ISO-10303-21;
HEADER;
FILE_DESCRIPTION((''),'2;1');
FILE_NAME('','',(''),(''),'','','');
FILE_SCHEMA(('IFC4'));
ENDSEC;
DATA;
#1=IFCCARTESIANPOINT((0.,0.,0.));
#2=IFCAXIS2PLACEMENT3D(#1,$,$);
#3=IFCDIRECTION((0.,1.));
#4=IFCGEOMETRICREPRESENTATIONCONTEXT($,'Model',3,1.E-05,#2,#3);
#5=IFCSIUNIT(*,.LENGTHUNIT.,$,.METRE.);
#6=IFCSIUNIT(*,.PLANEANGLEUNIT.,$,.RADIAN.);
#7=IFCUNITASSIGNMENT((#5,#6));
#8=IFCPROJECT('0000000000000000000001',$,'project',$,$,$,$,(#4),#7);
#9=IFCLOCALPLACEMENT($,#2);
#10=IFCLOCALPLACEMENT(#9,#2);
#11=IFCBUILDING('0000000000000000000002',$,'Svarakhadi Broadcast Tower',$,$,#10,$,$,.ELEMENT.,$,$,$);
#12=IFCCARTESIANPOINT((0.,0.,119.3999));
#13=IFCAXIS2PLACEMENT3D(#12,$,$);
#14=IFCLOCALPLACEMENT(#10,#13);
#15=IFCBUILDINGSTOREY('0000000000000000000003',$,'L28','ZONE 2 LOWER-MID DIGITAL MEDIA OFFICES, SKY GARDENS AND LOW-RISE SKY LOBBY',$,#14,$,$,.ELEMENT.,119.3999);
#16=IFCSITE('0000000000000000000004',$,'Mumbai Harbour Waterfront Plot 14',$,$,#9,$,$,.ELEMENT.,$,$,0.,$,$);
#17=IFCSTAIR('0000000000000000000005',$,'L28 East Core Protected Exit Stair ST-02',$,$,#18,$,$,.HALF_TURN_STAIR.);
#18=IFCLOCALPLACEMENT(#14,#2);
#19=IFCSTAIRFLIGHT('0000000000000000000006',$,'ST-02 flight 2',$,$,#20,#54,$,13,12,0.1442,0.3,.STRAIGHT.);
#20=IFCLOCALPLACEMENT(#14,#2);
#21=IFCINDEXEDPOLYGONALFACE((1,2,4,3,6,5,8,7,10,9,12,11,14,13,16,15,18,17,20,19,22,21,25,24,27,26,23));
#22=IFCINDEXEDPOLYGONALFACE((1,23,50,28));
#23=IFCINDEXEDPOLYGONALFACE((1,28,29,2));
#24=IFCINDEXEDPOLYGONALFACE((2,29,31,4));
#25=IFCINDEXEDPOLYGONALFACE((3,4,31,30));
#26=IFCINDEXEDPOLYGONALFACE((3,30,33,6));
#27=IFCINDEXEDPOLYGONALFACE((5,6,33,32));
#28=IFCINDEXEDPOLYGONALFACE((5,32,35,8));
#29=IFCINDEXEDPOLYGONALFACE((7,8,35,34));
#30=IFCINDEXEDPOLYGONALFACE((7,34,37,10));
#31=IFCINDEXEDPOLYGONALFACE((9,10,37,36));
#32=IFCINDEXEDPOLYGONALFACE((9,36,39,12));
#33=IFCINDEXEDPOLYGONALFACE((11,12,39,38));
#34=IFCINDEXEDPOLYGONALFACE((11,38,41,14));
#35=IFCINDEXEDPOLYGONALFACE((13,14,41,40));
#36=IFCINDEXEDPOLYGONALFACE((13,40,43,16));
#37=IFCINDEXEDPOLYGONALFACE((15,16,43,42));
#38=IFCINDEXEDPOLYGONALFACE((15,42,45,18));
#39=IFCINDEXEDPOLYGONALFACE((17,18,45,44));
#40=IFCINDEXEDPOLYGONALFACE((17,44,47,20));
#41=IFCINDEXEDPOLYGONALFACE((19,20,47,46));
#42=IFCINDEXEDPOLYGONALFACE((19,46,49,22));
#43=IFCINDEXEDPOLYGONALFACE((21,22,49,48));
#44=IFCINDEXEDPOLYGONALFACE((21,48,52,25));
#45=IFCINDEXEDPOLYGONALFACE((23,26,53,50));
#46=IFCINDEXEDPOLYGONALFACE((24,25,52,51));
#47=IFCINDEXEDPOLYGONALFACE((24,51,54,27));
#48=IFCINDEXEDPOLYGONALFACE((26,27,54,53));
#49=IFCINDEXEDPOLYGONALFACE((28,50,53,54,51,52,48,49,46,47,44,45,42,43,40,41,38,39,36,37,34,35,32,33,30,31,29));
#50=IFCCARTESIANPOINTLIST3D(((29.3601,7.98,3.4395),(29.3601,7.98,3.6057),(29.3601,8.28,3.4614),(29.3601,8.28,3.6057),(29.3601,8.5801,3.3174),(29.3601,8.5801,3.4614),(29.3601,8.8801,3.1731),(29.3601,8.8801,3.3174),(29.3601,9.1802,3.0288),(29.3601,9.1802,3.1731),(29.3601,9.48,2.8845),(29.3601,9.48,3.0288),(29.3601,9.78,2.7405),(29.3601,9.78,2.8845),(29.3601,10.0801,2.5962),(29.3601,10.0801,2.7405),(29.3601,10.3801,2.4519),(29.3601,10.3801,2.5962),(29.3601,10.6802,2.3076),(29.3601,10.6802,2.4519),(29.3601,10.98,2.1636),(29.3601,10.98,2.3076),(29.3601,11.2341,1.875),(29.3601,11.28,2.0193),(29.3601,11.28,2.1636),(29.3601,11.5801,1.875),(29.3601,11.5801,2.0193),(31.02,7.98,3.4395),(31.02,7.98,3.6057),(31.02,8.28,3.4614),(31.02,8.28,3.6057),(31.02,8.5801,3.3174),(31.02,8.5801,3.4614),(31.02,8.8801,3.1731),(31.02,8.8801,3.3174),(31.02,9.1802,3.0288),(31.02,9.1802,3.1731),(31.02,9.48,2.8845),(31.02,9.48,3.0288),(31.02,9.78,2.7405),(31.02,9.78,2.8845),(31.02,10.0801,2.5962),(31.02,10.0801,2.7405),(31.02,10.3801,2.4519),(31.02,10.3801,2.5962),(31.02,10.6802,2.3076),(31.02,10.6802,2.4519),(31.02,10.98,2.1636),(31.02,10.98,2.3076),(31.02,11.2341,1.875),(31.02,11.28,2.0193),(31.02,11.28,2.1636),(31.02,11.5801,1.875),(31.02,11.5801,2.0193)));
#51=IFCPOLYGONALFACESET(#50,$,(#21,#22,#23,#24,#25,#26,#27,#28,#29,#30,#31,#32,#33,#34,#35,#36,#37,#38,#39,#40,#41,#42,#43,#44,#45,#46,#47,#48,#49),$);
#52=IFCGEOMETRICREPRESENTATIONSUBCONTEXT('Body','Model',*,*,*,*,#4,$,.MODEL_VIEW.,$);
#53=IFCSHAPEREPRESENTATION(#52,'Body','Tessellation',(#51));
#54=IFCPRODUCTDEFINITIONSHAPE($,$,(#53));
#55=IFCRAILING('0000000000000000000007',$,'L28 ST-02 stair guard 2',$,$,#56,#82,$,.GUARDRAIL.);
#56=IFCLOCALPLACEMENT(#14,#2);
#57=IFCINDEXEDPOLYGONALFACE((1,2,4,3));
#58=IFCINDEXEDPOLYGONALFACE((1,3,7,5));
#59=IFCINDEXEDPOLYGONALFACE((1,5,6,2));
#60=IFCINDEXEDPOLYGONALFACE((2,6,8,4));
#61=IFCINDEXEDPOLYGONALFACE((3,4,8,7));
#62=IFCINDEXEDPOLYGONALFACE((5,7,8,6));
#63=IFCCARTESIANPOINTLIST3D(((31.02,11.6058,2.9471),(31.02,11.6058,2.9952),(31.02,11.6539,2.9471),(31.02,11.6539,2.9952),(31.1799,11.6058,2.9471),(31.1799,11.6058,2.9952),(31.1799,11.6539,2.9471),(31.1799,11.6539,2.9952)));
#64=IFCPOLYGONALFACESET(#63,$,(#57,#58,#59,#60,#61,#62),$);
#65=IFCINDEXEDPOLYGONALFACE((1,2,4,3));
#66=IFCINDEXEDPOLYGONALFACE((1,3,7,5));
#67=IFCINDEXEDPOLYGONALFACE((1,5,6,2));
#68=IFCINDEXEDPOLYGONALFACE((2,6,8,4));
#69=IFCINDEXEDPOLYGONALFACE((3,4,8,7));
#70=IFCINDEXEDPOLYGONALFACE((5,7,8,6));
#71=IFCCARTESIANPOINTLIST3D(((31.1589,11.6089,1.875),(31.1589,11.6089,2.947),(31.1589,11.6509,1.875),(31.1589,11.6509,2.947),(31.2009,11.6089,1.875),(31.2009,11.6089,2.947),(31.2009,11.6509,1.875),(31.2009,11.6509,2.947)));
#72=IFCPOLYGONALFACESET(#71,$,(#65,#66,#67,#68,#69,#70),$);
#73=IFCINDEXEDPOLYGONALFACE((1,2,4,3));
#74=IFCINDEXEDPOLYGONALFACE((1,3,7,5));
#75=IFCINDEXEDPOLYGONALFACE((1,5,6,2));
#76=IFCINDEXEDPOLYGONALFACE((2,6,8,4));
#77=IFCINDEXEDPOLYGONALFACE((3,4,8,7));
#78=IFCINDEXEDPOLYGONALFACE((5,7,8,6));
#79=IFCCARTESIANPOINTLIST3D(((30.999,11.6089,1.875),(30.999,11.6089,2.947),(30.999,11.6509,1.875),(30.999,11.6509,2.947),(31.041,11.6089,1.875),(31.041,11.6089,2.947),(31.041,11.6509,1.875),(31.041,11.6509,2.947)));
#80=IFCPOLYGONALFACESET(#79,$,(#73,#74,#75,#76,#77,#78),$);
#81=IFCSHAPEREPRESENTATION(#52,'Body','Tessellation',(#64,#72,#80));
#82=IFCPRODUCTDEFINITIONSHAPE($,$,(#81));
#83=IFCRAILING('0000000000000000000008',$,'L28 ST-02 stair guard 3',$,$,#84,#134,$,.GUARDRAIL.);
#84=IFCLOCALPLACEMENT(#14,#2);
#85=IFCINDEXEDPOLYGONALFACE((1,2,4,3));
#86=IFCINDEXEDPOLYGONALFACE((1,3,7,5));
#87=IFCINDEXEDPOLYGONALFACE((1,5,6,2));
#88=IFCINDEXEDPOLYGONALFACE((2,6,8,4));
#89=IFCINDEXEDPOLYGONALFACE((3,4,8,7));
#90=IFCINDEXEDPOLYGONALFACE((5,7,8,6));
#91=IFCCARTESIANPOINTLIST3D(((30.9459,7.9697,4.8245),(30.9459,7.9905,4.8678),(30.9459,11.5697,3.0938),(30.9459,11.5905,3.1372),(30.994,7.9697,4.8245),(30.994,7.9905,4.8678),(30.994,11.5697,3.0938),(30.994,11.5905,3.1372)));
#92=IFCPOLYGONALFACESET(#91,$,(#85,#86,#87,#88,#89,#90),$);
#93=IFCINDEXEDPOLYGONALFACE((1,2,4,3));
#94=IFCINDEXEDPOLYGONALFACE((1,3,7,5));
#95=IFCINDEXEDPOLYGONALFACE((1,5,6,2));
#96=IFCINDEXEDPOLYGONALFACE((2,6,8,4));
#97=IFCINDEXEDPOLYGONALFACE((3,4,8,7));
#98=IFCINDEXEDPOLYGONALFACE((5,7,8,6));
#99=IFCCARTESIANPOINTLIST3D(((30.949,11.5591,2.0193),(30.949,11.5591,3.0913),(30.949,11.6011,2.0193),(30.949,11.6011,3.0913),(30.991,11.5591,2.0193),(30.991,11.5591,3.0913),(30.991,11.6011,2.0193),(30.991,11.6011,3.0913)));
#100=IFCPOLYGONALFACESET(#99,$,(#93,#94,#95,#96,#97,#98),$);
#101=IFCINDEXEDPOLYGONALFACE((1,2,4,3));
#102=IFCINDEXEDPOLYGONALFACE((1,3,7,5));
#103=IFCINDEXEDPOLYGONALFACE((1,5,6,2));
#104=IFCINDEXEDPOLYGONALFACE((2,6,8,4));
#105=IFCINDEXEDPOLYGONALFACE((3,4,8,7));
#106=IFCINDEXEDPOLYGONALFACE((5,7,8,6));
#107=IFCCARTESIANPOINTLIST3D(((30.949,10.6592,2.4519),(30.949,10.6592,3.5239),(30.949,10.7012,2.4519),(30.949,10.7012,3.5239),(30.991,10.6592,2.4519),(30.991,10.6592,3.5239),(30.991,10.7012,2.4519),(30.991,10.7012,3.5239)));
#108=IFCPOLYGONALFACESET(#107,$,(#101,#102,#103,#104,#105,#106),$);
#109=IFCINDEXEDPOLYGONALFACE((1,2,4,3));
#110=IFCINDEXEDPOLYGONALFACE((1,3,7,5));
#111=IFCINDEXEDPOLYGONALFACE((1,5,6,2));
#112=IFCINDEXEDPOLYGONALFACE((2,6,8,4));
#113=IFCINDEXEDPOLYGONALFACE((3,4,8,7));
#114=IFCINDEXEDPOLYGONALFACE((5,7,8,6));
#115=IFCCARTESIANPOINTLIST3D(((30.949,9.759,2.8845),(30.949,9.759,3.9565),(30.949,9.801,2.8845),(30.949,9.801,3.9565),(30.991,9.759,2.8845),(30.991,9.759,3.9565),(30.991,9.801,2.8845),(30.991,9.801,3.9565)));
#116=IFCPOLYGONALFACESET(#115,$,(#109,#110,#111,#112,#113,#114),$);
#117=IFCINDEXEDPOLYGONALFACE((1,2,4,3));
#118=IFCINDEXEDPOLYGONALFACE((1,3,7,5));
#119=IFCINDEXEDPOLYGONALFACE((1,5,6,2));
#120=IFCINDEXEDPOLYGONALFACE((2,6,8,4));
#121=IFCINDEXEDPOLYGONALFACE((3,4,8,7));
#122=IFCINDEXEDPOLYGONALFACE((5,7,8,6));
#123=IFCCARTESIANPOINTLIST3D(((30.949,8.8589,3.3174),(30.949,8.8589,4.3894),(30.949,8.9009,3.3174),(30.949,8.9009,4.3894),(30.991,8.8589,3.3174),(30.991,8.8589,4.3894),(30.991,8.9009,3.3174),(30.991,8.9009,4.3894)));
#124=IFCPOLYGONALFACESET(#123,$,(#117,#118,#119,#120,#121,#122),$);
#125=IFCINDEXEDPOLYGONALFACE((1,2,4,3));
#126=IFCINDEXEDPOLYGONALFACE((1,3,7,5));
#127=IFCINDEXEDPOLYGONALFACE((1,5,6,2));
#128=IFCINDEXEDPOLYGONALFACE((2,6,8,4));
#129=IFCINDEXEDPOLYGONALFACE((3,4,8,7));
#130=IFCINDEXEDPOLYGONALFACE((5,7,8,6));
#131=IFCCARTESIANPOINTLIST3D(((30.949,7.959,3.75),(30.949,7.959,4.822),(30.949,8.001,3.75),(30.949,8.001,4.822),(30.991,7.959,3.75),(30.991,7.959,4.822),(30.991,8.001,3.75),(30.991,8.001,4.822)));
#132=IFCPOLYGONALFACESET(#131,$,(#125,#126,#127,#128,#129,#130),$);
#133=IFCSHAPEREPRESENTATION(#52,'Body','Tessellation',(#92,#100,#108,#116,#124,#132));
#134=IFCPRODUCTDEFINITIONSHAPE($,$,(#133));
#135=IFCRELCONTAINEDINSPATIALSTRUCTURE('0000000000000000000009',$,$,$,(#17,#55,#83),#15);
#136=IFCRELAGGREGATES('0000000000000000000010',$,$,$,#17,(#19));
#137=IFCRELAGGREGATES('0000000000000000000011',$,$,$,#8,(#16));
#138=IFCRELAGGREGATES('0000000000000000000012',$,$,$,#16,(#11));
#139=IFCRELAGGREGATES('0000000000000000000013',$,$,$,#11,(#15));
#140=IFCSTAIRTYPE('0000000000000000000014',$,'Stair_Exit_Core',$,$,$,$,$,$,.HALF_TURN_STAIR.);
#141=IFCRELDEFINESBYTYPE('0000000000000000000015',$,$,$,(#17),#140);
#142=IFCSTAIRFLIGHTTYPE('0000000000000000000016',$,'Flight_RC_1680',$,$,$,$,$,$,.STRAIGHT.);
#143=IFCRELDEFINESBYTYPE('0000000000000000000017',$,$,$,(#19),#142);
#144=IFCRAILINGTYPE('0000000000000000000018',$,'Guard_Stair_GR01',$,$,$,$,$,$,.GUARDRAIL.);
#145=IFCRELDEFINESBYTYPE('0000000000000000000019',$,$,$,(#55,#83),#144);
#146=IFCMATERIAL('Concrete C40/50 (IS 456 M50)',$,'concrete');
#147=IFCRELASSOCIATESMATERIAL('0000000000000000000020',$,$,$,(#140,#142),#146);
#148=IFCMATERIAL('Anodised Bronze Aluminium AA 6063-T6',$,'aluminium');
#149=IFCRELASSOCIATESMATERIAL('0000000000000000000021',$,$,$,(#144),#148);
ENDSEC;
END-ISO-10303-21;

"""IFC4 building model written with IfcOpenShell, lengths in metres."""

from ifc_helpers import new_model, si_unit, direction, frame, origin, origin_2d, place, context, subcontext, project, spatial, polyline, rectangle, outline, extrude, material, type_object, element, aggregate, save


model = new_model("IFC4")

# Units and contexts
model_context = context("Model", 3, precision=1e-05, world=origin(), true_north=direction((0.0, 1.0)))
body_context = subcontext(model_context, "Body", "Model", "MODEL_VIEW")
ifc_project = project(units=[si_unit("LENGTHUNIT", "METRE"), si_unit("PLANEANGLEUNIT", "RADIAN")], contexts=[model_context])

# Site, building, storey
site_placement = place(None, origin())
site = spatial("IfcSite", under=ifc_project, at=site_placement, Name="Mumbai Harbour Waterfront Plot 14", CompositionType="ELEMENT", RefElevation=0.0)
building_placement = place(site_placement, origin())
building = spatial("IfcBuilding", under=site, at=building_placement, Name="Svarakhadi Broadcast Tower", CompositionType="ELEMENT")
storey_placement = place(building_placement, frame((0.0, 0.0, 119.3999)))
storey = spatial("IfcBuildingStorey", under=building, at=storey_placement, Name="L28", Description="ZONE 2 LOWER-MID DIGITAL MEDIA OFFICES, SKY GARDENS AND LOW-RISE SKY LOBBY", CompositionType="ELEMENT", Elevation=119.3999)

# Shared definitions
ifc_material_1 = material(Name="Concrete C40/50 (IS 456 M50)", Category="concrete")

# Stair, stair flight
stair_type = type_object("IfcStairType", Name="Stair_Exit_Core", PredefinedType="HALF_TURN_STAIR", material=ifc_material_1)
stair_placement = place(storey_placement, origin())
stair = element("IfcStair", 1, at=stair_placement, inside=storey, type_object=stair_type, Name="L28 East Core Protected Exit Stair ST-02", PredefinedType="HALF_TURN_STAIR")
stair_flight_type = type_object("IfcStairFlightType", Name="Flight_RC_1680", PredefinedType="STRAIGHT", material=ifc_material_1)
stair_flight_placement = place(storey_placement, frame((30.1899, 11.5801, 1.875), z_axis=(0.0, 0.0, 1.0), x_axis=(0.0, -1.0, 0.0)))
stair_flight = element("IfcStairFlight", 2, at=stair_flight_placement, type_object=stair_flight_type, Name="ST-02 flight 2", NumberOfRisers=13, NumberOfTreads=12, PredefinedType="STRAIGHT", RiserHeight=0.1442, TreadLength=0.3, context=body_context, shape_type="SweptSolid", body=[
    extrude(outline(polyline([(0.0, 0.0), (0.0, 0.1443), (0.3, 0.1443), (0.3, 0.2886), (0.6001, 0.2886), (0.6001, 0.4326), (0.8999, 0.4326), (0.8999, 0.5769), (1.2, 0.5769), (1.2, 0.7212), (1.5, 0.7212), (1.5, 0.8655), (1.8, 0.8655), (1.8, 1.0095), (2.1001, 1.0095), (2.1001, 1.1538), (2.3999, 1.1538), (2.3999, 1.2981), (2.7, 1.2981), (2.7, 1.4424), (3.0, 1.4424), (3.0, 1.5864), (3.3, 1.5864), (3.3, 1.7307), (3.6001, 1.7307), (3.6001, 1.875), (3.6001, 1.5645), (0.3459, 0.0), (0.0, 0.0)])), frame((0.0, 0.8301, 0.0), z_axis=(0.0, -1.0, 0.0), x_axis=(1.0, 0.0, 0.0)), (0.0, 0.0, 1.0), 1.6599),
])
aggregate(stair, [stair_flight])

# Railings
ifc_material_2 = material(Name="Anodised Bronze Aluminium AA 6063-T6", Category="aluminium")
railing_type = type_object("IfcRailingType", Name="Guard_Stair_GR01", PredefinedType="GUARDRAIL", material=ifc_material_2)
railing_1_placement = place(storey_placement, frame((31.1799, 11.6299, 1.875)))
element("IfcRailing", 3, at=railing_1_placement, inside=storey, type_object=railing_type, Name="L28 ST-02 stair guard 2", PredefinedType="GUARDRAIL", context=body_context, shape_type="SweptSolid", body=[
    extrude(rectangle(XDim=0.0481, YDim=0.0481, at=origin_2d()), frame((0.0, 0.0, 1.0962), z_axis=(-1.0, 0.0, 0.0), x_axis=(0.0, -1.0, 0.0)), (0.0, 0.0, 1.0), 0.1599),
    extrude(rectangle(XDim=0.042, YDim=0.042, at=origin_2d()), origin(), (0.0, 0.0, 1.0), 1.072),
    extrude(rectangle(XDim=0.042, YDim=0.042, at=origin_2d()), frame((-0.1599, 0.0, 0.0)), (0.0, 0.0, 1.0), 1.072),
])
railing_2_placement = place(storey_placement, frame((30.97, 11.5801, 2.0193)))
element("IfcRailing", 4, at=railing_2_placement, inside=storey, type_object=railing_type, Name="L28 ST-02 stair guard 3", PredefinedType="GUARDRAIL", context=body_context, shape_type="SweptSolid", body=[
    extrude(rectangle(XDim=0.0481, YDim=0.0481, at=origin_2d()), frame((0.0, 0.0, 1.0962), z_axis=(0.0, -0.901263, 0.433273), x_axis=(1.0, 0.0, 0.0)), (0.0, 0.0, 1.0), 3.9944),
    extrude(rectangle(XDim=0.042, YDim=0.042, at=origin_2d()), origin(), (0.0, 0.0, 1.0), 1.072),
    extrude(rectangle(XDim=0.042, YDim=0.042, at=origin_2d()), frame((0.0, -0.8999, 0.4326)), (0.0, 0.0, 1.0), 1.072),
    extrude(rectangle(XDim=0.042, YDim=0.042, at=origin_2d()), frame((0.0, -1.8, 0.8652)), (0.0, 0.0, 1.0), 1.072),
    extrude(rectangle(XDim=0.042, YDim=0.042, at=origin_2d()), frame((0.0, -2.7002, 1.2981)), (0.0, 0.0, 1.0), 1.072),
    extrude(rectangle(XDim=0.042, YDim=0.042, at=origin_2d()), frame((0.0, -3.6001, 1.7307)), (0.0, 0.0, 1.0), 1.072),
])

save(model, "model.ifc")
